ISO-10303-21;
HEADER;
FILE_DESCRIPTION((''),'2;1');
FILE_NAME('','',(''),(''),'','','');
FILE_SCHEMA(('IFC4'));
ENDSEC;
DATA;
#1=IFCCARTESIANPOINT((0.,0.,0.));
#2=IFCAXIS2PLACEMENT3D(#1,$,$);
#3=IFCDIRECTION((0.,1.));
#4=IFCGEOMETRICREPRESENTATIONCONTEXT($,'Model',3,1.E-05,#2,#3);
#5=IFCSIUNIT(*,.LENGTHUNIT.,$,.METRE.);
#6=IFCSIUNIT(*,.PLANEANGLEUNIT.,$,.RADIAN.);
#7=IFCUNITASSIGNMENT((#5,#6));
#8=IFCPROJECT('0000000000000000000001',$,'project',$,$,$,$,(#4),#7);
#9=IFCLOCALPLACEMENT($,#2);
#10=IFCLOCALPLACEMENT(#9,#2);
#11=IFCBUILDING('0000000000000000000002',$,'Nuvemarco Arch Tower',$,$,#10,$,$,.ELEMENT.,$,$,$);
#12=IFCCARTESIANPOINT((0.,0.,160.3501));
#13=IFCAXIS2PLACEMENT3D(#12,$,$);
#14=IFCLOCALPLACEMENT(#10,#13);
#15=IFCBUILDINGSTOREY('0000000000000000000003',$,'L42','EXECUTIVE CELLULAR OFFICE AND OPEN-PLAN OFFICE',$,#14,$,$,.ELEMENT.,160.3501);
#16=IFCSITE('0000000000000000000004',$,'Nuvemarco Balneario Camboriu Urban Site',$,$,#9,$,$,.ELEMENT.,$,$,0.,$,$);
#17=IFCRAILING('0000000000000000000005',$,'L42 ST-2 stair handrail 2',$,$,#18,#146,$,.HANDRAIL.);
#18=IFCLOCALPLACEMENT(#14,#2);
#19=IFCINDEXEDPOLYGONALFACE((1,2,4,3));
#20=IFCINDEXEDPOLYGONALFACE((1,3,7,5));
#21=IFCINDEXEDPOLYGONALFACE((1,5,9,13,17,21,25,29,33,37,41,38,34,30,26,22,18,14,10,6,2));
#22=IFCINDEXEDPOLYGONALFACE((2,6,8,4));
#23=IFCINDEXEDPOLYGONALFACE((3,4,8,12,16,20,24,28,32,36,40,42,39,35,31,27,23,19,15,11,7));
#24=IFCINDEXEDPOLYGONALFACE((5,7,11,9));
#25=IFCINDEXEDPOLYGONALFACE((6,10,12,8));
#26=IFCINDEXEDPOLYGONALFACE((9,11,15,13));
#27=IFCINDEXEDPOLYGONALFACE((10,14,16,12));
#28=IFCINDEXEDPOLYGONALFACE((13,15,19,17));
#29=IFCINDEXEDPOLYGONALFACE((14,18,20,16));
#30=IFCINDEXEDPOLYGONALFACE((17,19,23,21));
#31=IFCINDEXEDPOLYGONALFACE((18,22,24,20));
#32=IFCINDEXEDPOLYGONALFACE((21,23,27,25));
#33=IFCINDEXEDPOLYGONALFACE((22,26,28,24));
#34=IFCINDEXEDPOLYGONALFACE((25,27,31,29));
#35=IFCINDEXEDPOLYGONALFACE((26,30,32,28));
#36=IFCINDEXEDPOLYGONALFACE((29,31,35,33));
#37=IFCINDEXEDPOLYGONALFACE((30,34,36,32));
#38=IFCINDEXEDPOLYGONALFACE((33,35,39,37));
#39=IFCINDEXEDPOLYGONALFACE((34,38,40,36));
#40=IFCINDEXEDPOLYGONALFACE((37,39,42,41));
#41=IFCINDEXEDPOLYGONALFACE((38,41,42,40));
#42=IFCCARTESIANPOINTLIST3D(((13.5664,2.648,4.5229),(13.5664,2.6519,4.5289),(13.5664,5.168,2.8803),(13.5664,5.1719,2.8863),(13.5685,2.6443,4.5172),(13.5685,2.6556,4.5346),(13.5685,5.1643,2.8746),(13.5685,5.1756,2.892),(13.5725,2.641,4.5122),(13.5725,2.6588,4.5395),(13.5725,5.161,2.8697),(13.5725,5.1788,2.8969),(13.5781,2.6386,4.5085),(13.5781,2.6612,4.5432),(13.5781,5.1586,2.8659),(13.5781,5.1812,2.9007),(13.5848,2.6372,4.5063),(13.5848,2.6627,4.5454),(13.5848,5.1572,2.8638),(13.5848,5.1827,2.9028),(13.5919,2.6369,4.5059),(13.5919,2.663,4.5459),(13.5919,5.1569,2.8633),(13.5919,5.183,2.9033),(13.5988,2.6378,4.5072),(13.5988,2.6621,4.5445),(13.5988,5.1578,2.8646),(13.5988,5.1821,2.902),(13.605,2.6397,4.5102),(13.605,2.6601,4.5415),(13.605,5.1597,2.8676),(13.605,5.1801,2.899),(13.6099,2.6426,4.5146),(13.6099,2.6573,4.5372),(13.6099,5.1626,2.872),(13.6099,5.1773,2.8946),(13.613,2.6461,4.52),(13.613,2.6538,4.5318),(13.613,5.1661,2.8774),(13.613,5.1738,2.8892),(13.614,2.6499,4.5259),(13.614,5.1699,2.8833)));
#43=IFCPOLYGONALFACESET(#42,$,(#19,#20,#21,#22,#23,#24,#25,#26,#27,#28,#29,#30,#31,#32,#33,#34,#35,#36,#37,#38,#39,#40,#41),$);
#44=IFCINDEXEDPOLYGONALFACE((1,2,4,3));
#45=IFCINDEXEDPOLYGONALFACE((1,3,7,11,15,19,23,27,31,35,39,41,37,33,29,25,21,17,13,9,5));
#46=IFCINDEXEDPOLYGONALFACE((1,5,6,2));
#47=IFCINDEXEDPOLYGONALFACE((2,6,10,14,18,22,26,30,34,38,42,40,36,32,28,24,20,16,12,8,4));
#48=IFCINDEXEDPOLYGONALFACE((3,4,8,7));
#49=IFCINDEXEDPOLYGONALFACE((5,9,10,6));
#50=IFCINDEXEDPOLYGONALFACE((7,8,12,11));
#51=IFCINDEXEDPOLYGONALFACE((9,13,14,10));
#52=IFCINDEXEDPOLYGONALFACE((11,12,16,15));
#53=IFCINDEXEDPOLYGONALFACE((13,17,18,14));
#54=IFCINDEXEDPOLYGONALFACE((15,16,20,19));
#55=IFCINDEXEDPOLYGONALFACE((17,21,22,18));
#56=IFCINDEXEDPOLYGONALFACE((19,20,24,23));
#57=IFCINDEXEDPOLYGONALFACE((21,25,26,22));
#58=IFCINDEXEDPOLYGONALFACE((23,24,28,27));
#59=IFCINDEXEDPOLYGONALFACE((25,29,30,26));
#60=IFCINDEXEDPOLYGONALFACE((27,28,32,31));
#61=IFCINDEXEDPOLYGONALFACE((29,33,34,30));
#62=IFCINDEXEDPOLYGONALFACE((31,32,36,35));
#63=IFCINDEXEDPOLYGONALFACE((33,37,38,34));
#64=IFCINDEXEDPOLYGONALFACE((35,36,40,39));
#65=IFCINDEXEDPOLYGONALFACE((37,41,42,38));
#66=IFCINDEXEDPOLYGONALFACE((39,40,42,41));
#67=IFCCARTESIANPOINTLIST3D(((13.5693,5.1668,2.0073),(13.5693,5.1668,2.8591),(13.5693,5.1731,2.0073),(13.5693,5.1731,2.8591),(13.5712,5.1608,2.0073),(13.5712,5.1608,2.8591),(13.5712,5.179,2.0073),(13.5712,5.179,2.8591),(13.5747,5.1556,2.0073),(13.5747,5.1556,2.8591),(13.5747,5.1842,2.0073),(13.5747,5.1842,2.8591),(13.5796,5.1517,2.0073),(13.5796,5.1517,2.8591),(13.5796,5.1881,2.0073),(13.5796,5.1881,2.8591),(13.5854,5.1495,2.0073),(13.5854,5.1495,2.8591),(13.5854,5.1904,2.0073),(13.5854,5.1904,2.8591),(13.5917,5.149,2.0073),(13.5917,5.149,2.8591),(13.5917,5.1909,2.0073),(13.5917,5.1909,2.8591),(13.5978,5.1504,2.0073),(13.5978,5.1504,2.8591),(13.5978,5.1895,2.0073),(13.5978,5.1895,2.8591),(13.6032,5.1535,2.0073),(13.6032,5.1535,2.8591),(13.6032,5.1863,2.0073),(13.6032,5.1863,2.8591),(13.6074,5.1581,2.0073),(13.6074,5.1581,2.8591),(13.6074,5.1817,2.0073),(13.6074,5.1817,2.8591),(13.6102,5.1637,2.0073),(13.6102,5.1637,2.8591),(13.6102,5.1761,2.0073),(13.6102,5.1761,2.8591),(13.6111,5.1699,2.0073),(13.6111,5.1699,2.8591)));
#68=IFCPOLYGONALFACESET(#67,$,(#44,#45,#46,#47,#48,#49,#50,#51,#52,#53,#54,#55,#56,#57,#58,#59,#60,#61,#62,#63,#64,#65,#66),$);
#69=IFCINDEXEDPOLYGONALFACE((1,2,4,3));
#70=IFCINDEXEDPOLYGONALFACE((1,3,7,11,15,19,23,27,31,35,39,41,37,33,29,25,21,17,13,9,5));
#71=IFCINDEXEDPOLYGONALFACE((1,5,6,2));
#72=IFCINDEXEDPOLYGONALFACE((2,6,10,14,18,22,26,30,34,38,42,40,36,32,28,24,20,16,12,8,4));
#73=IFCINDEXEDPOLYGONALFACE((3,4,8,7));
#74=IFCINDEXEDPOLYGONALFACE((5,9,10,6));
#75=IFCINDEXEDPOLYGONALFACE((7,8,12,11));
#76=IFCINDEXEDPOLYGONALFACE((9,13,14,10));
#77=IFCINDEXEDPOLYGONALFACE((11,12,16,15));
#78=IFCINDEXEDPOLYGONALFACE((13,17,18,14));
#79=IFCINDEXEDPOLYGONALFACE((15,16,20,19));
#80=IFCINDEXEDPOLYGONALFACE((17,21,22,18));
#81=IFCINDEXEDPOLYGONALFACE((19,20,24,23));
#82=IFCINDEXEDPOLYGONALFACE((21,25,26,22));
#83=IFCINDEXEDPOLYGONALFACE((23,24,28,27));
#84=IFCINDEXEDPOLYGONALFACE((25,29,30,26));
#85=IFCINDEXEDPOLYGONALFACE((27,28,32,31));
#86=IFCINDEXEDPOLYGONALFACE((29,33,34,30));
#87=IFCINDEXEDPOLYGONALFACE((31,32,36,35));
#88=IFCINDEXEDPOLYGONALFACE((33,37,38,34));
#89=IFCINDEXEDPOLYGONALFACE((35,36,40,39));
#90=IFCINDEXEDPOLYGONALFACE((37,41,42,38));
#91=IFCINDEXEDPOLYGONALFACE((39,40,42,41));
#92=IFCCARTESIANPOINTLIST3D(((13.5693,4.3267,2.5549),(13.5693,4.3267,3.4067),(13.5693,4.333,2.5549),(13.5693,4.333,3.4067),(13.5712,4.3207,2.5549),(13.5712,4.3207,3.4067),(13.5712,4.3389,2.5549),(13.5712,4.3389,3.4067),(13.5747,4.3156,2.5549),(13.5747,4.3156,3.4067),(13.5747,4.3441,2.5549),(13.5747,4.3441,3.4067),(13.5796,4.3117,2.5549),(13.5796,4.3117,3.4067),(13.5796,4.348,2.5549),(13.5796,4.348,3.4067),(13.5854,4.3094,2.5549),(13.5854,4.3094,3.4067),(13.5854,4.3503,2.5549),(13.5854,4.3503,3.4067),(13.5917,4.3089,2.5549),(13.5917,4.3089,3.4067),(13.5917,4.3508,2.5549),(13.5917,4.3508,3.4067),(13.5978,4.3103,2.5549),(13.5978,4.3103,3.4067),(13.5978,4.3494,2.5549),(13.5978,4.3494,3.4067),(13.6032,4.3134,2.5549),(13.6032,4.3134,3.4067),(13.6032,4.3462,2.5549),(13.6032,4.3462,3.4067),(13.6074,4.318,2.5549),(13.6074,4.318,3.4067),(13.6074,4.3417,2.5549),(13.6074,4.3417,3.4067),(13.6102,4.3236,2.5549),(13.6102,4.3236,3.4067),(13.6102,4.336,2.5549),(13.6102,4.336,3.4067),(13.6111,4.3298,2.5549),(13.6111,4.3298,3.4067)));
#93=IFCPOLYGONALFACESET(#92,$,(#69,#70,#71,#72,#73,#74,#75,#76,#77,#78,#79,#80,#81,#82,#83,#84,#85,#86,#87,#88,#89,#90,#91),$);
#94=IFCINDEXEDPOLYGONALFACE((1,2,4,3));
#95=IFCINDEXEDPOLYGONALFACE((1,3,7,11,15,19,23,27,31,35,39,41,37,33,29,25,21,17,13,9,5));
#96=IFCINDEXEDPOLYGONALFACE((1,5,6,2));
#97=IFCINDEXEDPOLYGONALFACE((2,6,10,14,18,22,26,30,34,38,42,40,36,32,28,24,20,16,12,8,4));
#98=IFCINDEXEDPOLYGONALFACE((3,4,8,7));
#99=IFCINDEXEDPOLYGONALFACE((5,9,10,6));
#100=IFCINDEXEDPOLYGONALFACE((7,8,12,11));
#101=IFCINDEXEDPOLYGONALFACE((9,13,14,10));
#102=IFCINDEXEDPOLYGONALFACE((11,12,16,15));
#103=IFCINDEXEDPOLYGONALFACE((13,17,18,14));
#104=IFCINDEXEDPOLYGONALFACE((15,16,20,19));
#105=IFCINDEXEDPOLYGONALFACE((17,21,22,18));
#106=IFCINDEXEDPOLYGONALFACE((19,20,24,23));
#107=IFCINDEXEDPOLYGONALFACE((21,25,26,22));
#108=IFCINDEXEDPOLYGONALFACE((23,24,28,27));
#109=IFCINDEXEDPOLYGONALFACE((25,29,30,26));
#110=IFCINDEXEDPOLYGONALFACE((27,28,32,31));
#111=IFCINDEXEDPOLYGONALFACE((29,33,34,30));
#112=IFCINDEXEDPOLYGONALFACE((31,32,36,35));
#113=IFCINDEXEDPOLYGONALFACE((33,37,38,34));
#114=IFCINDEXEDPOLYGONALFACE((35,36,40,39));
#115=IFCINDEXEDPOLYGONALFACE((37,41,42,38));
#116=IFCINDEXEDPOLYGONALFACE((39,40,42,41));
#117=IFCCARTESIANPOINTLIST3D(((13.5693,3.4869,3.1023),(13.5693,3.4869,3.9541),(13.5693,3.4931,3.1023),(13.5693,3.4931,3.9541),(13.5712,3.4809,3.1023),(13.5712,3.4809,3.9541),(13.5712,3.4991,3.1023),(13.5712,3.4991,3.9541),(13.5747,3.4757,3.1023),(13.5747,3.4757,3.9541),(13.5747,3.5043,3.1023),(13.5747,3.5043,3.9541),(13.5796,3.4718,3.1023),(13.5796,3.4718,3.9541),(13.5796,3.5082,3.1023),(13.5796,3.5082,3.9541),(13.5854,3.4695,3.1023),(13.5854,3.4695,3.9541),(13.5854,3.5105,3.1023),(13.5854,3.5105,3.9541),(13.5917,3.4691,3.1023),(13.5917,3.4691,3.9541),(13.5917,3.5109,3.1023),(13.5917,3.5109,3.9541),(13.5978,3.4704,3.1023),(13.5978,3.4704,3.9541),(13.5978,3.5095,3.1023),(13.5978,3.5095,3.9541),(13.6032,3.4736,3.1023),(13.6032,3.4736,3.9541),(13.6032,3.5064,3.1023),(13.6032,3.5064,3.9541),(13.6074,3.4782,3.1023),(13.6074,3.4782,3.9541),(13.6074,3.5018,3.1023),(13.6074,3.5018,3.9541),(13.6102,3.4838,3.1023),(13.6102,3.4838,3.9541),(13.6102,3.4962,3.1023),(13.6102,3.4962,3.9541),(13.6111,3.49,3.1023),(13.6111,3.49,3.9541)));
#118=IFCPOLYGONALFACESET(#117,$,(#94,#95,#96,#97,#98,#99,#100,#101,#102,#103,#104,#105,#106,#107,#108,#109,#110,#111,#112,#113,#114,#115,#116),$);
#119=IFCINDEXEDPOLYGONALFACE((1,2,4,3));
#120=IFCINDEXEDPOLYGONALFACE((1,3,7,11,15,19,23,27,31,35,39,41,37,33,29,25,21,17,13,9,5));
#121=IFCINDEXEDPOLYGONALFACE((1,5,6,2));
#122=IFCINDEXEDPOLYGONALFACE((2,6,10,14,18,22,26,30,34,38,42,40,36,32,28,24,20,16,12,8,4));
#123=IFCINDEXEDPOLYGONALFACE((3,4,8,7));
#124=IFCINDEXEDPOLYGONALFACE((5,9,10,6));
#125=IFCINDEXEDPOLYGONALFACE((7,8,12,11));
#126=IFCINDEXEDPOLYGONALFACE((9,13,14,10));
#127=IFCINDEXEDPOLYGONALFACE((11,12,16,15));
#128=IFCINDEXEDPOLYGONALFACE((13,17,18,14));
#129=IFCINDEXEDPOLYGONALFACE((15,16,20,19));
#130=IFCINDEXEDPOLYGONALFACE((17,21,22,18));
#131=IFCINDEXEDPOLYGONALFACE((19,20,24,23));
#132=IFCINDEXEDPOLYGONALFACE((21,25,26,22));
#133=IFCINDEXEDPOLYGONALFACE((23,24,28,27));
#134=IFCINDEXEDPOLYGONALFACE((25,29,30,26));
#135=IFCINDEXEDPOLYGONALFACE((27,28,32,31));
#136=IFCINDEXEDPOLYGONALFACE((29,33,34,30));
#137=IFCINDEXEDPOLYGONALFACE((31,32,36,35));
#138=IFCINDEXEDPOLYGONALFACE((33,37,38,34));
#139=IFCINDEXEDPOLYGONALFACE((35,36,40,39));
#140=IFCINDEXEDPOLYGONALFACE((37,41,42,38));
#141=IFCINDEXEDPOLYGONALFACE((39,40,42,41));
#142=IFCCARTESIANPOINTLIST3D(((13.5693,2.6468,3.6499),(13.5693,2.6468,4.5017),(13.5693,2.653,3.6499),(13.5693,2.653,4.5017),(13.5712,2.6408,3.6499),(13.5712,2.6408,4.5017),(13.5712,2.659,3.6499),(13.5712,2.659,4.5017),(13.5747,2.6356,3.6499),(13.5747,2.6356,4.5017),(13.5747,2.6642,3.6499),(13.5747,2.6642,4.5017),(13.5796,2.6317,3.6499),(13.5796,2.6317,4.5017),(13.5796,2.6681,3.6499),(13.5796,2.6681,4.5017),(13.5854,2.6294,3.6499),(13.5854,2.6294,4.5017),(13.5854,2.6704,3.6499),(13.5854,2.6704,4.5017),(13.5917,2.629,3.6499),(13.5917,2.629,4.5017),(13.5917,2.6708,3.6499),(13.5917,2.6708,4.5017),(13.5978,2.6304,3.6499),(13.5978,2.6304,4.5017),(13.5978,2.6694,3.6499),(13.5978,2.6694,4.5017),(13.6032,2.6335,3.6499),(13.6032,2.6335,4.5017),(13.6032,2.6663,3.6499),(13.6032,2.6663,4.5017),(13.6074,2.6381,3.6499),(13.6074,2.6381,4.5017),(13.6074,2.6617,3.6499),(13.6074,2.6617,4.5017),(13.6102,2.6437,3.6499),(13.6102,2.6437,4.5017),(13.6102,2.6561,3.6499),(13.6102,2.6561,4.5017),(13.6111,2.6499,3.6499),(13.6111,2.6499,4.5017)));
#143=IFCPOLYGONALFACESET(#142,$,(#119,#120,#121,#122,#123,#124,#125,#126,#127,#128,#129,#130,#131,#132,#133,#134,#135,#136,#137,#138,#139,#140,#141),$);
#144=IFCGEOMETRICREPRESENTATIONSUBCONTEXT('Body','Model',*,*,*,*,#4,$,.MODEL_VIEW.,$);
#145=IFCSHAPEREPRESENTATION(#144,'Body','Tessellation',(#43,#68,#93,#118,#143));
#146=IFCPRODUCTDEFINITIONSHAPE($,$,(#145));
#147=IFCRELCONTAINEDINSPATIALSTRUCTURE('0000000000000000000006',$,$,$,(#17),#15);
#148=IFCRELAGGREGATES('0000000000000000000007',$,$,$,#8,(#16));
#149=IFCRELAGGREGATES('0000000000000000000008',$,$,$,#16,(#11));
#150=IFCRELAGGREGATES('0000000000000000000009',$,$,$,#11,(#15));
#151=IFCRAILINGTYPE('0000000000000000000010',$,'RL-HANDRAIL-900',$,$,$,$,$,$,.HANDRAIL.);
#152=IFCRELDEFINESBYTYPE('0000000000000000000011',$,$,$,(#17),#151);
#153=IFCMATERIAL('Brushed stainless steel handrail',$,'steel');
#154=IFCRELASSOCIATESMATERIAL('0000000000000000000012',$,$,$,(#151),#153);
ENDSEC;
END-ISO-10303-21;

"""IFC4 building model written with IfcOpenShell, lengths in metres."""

from ifc_helpers import new_model, si_unit, direction, frame, origin, origin_2d, place, context, subcontext, project, spatial, circle, extrude, material, type_object, element, save


model = new_model("IFC4")

# Units and contexts
model_context = context("Model", 3, precision=1e-05, world=origin(), true_north=direction((0.0, 1.0)))
body_context = subcontext(model_context, "Body", "Model", "MODEL_VIEW")
ifc_project = project(units=[si_unit("LENGTHUNIT", "METRE"), si_unit("PLANEANGLEUNIT", "RADIAN")], contexts=[model_context])

# Site, building, storey
site_placement = place(None, origin())
site = spatial("IfcSite", under=ifc_project, at=site_placement, Name="Nuvemarco Balneario Camboriu Urban Site", CompositionType="ELEMENT", RefElevation=0.0)
building_placement = place(site_placement, origin())
building = spatial("IfcBuilding", under=site, at=building_placement, Name="Nuvemarco Arch Tower", CompositionType="ELEMENT")
storey_placement = place(building_placement, frame((0.0, 0.0, 160.3501)))
storey = spatial("IfcBuildingStorey", under=building, at=storey_placement, Name="L42", Description="EXECUTIVE CELLULAR OFFICE AND OPEN-PLAN OFFICE", CompositionType="ELEMENT", Elevation=160.3501)

# Railing
ifc_material_1 = material(Name="Brushed stainless steel handrail", Category="steel")
railing_type = type_object("IfcRailingType", Name="RL-HANDRAIL-900", PredefinedType="HANDRAIL", material=ifc_material_1)
railing_placement = place(storey_placement, frame((13.5901, 5.1699, 2.0073)))
element("IfcRailing", 1, at=railing_placement, inside=storey, type_object=railing_type, Name="L42 ST-2 stair handrail 2", PredefinedType="HANDRAIL", context=body_context, shape_type="SweptSolid", body=[
    extrude(circle(Radius=0.0239, at=origin_2d()), frame((0.0, 0.0, 0.876), z_axis=(0.0, -0.837749, 0.546055), x_axis=(1.0, 0.0, 0.0)), (0.0, 0.0, 1.0), 3.0081),
    extrude(circle(Radius=0.021, at=origin_2d()), origin(), (0.0, 0.0, 1.0), 0.8518),
    extrude(circle(Radius=0.021, at=origin_2d()), frame((0.0, -0.8401, 0.5476)), (0.0, 0.0, 1.0), 0.8518),
    extrude(circle(Radius=0.021, at=origin_2d()), frame((0.0, -1.6799, 1.095)), (0.0, 0.0, 1.0), 0.8518),
    extrude(circle(Radius=0.021, at=origin_2d()), frame((0.0, -2.52, 1.6426)), (0.0, 0.0, 1.0), 0.8518),
])

save(model, "model.ifc")
